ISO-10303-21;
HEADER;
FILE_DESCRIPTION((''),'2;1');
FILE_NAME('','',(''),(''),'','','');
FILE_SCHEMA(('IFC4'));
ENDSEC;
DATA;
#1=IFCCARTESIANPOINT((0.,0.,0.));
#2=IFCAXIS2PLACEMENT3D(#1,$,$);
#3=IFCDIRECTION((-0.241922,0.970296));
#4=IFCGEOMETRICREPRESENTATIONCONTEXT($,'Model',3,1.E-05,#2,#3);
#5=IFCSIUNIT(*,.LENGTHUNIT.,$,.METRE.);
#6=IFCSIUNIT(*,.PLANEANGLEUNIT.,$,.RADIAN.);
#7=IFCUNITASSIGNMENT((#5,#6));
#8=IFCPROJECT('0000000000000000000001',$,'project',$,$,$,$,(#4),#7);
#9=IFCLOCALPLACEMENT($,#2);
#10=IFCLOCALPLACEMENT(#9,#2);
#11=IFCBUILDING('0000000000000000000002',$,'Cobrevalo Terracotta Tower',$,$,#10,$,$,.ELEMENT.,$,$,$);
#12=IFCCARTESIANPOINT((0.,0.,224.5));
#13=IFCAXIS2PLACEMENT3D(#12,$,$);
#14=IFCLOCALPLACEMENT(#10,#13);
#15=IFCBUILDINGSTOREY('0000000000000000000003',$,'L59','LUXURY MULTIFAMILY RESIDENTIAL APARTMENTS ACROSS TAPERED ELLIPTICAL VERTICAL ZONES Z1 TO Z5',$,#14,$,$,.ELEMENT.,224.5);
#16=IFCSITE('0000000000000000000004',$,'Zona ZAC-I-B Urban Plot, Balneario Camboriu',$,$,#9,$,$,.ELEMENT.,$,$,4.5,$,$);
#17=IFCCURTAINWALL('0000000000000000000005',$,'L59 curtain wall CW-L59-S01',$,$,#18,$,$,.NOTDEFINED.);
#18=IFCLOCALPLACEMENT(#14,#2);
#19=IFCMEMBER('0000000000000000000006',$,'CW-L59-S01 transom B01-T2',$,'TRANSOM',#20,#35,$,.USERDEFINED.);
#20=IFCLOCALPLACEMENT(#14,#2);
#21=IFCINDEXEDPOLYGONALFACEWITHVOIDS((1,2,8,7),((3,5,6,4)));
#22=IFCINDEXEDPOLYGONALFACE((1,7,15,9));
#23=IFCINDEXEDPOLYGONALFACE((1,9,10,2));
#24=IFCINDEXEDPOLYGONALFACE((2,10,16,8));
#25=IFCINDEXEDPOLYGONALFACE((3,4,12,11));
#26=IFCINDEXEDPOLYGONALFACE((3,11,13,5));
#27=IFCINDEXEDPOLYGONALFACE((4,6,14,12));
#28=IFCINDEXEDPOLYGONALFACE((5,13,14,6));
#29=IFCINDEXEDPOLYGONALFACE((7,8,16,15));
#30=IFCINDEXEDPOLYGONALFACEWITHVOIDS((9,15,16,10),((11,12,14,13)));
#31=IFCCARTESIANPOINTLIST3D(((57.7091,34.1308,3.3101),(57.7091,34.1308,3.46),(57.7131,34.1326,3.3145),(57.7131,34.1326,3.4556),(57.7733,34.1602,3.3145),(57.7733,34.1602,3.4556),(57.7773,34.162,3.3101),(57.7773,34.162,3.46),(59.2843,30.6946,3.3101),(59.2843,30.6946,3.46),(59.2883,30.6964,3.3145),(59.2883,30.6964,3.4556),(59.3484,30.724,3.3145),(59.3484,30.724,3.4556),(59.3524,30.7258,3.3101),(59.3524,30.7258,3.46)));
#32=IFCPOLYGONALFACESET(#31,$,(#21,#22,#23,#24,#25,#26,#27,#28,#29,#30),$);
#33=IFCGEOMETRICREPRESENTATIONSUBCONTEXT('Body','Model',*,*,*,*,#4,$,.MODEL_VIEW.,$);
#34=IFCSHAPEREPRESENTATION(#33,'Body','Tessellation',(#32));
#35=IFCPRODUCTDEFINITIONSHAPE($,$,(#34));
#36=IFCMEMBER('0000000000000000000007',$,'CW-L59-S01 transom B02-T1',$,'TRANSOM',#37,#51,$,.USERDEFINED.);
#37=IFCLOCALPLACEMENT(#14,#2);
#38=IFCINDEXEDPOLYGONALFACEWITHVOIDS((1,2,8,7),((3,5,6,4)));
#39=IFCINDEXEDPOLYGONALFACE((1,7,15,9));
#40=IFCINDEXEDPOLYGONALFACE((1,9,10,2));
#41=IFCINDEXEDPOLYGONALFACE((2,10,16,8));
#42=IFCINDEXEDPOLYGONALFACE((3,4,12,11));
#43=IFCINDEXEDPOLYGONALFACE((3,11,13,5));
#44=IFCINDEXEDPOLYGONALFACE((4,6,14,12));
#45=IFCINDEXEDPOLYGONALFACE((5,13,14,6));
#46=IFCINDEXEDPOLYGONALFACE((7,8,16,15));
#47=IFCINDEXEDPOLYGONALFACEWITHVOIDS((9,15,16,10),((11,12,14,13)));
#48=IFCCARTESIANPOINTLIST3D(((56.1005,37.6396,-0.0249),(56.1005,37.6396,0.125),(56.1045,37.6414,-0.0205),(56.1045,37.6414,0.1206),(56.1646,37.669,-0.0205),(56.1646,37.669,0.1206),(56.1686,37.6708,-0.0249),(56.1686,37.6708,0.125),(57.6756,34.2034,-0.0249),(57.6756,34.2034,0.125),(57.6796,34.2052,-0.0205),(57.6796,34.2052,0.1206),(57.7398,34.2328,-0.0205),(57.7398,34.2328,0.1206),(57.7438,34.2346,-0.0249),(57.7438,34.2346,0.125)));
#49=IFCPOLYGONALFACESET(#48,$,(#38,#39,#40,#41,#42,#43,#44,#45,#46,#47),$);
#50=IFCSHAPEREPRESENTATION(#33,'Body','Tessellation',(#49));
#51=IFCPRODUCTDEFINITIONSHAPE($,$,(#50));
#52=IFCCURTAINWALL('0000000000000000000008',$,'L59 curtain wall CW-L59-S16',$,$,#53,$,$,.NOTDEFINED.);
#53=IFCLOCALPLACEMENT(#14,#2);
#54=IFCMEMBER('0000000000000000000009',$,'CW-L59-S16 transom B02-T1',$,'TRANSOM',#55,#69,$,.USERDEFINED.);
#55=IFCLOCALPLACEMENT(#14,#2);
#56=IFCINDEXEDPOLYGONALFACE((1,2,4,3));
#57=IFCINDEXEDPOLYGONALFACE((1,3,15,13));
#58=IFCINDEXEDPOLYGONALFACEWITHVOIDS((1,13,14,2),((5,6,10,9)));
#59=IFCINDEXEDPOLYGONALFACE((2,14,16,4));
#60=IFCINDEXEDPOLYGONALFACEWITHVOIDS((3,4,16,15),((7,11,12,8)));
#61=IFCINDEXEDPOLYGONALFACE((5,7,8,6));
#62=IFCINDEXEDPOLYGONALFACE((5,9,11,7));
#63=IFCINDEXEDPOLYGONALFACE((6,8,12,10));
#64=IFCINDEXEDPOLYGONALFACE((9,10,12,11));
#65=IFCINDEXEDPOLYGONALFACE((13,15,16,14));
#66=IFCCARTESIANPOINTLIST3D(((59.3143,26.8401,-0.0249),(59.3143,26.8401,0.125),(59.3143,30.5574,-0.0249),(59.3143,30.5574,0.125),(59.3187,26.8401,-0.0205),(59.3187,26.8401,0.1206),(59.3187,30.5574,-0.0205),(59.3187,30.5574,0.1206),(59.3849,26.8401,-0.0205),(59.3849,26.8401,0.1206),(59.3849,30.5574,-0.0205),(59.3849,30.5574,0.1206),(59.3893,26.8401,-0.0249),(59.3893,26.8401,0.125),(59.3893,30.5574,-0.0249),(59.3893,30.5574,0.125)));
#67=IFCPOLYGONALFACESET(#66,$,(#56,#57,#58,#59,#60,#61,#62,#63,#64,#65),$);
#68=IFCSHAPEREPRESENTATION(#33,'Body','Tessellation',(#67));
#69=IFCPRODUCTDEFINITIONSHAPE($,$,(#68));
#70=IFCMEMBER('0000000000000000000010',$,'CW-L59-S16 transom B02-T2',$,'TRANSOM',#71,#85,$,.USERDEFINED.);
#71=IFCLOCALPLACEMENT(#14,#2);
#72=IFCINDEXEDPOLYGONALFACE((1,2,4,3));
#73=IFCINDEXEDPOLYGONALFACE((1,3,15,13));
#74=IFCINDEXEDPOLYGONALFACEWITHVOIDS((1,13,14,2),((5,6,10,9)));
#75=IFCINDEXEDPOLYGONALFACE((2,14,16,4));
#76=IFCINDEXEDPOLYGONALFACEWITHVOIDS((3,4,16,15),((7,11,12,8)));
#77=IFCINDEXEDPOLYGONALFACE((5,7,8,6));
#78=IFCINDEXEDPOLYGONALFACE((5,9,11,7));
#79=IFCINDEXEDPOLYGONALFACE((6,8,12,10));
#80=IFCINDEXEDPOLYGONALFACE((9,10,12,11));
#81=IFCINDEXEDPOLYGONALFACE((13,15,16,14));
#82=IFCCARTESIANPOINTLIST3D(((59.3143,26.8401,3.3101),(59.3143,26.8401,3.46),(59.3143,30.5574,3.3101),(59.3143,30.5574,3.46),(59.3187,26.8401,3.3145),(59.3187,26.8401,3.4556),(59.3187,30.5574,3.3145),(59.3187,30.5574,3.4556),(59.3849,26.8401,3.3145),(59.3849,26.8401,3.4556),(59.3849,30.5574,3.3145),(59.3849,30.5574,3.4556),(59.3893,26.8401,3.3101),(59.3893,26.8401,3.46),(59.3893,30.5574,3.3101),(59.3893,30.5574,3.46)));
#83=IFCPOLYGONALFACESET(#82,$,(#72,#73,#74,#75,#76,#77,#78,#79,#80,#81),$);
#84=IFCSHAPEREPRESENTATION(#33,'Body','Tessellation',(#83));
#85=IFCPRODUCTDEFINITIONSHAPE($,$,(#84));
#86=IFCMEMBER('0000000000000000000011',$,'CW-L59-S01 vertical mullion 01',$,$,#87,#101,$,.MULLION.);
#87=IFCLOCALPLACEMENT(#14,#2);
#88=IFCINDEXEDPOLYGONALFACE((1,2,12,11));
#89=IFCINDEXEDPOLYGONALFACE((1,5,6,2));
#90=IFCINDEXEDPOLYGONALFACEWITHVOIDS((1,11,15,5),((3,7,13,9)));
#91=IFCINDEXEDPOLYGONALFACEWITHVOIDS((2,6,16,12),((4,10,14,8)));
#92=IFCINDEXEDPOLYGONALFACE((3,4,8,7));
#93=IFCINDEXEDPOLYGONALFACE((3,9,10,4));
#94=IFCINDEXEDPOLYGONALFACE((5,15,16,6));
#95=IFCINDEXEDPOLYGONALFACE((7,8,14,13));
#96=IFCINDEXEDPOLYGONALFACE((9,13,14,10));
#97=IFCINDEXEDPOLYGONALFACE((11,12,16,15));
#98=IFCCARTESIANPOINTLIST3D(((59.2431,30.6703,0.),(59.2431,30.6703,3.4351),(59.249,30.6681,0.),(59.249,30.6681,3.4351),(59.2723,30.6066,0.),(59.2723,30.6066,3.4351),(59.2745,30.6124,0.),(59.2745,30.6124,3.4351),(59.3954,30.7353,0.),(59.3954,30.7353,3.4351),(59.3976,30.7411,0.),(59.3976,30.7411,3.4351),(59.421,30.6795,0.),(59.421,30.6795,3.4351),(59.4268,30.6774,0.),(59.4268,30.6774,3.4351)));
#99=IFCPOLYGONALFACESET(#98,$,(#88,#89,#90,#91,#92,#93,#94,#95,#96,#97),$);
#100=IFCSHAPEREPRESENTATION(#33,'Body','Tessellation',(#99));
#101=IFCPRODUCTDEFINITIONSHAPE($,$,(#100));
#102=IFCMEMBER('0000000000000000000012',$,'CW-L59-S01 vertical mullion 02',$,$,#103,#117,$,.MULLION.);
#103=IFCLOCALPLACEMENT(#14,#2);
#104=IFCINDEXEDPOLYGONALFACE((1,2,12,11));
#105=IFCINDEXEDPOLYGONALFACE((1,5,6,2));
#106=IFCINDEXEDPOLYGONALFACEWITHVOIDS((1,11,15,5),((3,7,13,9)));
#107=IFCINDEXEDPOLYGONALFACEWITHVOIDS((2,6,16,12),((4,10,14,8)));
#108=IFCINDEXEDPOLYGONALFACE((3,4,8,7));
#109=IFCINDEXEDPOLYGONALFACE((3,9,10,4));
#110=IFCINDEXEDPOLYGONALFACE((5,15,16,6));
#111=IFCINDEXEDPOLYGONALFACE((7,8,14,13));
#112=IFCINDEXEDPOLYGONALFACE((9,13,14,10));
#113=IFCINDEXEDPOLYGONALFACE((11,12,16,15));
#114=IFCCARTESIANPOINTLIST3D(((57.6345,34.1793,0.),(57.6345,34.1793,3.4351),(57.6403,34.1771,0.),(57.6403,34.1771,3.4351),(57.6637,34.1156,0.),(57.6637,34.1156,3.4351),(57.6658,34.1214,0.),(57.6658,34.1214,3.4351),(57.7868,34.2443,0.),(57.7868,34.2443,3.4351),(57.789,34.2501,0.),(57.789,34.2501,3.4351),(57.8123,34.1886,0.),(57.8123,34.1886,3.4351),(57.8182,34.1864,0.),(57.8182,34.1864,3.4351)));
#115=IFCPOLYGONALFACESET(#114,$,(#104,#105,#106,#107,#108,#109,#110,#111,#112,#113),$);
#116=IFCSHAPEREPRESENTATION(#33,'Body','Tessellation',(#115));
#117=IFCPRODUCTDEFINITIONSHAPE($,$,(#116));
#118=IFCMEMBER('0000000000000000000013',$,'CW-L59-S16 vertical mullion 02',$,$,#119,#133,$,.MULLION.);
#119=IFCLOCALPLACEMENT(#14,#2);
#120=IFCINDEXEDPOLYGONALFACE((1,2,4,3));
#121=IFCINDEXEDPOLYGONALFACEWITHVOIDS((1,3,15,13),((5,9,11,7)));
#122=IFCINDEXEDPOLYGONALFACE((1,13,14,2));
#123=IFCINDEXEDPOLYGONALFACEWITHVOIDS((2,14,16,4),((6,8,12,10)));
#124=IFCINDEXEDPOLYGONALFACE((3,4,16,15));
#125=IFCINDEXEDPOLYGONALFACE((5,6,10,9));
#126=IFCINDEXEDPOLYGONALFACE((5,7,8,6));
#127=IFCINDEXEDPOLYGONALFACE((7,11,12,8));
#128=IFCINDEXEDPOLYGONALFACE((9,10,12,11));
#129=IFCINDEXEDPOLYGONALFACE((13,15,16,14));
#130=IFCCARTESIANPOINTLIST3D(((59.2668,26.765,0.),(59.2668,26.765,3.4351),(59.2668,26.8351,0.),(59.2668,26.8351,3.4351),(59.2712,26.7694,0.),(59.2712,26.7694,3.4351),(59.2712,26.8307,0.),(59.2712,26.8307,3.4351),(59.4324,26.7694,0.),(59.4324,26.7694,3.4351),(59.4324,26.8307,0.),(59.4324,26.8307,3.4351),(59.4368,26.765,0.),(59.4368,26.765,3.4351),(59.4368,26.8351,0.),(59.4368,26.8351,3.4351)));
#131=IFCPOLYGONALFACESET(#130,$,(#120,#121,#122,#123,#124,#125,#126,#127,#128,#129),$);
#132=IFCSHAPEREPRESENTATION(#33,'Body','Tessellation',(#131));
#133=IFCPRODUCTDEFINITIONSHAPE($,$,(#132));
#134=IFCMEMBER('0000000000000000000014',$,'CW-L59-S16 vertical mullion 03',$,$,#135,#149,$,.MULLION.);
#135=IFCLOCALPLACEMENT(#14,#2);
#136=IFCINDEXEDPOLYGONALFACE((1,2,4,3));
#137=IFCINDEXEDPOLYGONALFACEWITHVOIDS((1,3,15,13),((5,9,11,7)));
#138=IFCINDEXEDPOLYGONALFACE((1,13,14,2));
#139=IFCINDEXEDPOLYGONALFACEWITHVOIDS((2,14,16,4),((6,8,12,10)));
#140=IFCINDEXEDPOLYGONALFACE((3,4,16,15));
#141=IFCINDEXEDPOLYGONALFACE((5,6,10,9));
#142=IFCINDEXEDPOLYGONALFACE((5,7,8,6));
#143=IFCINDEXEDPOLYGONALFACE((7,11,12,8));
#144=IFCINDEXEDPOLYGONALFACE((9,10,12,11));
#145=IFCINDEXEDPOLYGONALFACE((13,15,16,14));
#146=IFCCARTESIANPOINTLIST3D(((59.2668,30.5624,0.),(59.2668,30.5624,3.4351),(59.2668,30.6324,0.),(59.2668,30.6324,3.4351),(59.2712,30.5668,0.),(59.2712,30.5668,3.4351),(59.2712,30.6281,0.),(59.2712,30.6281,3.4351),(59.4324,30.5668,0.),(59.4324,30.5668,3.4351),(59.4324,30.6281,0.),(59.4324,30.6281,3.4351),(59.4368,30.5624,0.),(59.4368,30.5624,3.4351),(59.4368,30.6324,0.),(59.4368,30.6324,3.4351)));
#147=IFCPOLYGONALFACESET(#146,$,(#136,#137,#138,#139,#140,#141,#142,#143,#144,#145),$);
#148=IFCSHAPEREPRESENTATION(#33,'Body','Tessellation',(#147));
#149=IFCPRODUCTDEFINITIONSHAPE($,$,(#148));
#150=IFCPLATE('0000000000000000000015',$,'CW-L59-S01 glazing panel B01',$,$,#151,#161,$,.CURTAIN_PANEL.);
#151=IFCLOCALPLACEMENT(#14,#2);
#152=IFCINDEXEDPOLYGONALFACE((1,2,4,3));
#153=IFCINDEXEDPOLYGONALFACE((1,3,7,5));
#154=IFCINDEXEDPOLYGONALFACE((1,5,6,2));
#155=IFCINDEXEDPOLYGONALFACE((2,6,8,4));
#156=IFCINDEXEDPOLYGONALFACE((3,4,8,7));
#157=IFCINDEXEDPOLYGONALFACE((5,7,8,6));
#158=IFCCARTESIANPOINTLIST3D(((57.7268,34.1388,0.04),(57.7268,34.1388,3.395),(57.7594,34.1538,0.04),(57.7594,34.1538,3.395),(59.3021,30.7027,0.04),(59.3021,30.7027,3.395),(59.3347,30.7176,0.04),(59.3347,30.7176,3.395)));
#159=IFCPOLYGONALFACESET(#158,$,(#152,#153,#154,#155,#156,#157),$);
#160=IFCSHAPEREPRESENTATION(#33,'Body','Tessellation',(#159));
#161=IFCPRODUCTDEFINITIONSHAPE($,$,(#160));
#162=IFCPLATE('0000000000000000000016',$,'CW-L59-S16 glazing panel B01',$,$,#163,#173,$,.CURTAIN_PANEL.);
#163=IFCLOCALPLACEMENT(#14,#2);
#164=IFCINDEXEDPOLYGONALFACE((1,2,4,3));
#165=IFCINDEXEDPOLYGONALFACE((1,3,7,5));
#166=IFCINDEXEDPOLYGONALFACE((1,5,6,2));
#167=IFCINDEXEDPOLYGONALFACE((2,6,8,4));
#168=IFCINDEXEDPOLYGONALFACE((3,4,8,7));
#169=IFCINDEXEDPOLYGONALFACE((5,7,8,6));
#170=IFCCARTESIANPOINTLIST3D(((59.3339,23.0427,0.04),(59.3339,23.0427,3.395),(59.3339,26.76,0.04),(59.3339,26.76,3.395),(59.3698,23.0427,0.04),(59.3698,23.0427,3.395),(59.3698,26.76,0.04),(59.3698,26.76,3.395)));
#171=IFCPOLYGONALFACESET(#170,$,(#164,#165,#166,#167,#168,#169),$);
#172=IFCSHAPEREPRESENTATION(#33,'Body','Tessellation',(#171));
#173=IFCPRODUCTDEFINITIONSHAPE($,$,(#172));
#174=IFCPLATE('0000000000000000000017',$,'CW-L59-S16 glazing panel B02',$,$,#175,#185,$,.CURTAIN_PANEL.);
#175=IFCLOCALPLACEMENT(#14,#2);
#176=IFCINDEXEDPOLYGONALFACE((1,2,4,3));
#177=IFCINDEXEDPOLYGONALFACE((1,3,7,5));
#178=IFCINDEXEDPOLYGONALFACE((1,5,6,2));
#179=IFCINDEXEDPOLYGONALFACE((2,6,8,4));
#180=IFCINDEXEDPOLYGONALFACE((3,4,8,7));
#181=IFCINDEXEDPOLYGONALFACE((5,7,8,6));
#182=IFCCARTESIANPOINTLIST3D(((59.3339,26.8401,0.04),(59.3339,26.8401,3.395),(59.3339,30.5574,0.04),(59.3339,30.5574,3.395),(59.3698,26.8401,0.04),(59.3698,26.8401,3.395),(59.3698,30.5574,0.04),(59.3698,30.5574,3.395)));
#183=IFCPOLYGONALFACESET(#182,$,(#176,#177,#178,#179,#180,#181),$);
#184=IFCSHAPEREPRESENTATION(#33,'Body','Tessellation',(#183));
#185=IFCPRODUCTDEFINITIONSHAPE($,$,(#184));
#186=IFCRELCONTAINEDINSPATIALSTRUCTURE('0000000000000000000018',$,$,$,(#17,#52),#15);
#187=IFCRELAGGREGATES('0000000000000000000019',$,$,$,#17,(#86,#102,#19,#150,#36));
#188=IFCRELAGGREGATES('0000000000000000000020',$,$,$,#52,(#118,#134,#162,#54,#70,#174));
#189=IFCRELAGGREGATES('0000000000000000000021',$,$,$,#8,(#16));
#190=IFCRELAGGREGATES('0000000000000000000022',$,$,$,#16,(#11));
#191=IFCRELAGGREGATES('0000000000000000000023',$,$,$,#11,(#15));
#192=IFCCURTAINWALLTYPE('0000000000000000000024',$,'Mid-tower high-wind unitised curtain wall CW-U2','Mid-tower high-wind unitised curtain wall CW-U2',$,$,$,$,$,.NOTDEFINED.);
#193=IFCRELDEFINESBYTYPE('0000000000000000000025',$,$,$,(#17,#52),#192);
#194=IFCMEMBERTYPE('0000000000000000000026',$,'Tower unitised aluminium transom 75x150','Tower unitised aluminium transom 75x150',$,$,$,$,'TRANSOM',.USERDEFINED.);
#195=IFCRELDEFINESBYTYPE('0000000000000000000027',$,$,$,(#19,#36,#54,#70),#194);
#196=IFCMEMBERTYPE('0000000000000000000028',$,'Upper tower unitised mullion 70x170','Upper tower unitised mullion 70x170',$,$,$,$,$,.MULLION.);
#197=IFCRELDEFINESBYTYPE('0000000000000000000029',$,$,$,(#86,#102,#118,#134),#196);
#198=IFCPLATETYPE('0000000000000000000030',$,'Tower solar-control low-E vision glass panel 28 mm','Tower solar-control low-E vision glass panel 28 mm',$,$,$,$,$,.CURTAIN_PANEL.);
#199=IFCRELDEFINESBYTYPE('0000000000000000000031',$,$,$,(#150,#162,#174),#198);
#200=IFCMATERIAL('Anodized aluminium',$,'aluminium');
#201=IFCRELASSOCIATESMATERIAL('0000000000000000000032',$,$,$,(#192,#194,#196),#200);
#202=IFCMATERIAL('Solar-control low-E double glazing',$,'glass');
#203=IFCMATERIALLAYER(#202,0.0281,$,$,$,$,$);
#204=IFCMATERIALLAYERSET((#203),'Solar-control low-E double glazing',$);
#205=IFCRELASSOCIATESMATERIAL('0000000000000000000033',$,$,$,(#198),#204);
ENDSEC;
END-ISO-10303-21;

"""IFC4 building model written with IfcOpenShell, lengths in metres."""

from ifc_helpers import new_model, si_unit, direction, frame, origin, origin_2d, place, context, subcontext, project, spatial, rectangle, hollow_rectangle, extrude, source, transform, mapped, material, layer, layer_set, material_profile, profile_set, type_object, element, aggregate, save


model = new_model("IFC4")

# Units and contexts
model_context = context("Model", 3, precision=1e-05, world=origin(), true_north=direction((-0.241922, 0.970296)))
body_context = subcontext(model_context, "Body", "Model", "MODEL_VIEW")
ifc_project = project(units=[si_unit("LENGTHUNIT", "METRE"), si_unit("PLANEANGLEUNIT", "RADIAN")], contexts=[model_context])

# Site, building, storey
site_placement = place(None, origin())
site = spatial("IfcSite", under=ifc_project, at=site_placement, Name="Zona ZAC-I-B Urban Plot, Balneario Camboriu", CompositionType="ELEMENT", RefElevation=4.5)
building_placement = place(site_placement, origin())
building = spatial("IfcBuilding", under=site, at=building_placement, Name="Cobrevalo Terracotta Tower", CompositionType="ELEMENT")
storey_placement = place(building_placement, frame((0.0, 0.0, 224.5)))
storey = spatial("IfcBuildingStorey", under=building, at=storey_placement, Name="L59", Description="LUXURY MULTIFAMILY RESIDENTIAL APARTMENTS ACROSS TAPERED ELLIPTICAL VERTICAL ZONES Z1 TO Z5", CompositionType="ELEMENT", Elevation=224.5)

# Curtain walls, members
ifc_material_1 = material(Name="Anodized aluminium", Category="aluminium")
curtain_wall_type = type_object("IfcCurtainWallType", Name="Mid-tower high-wind unitised curtain wall CW-U2", Description="Mid-tower high-wind unitised curtain wall CW-U2", PredefinedType="NOTDEFINED", material=ifc_material_1)
curtain_wall_1_placement = place(storey_placement, origin())
curtain_wall_1 = element("IfcCurtainWall", 1, at=curtain_wall_1_placement, inside=storey, type_object=curtain_wall_type, Name="L59 curtain wall CW-L59-S01", PredefinedType="NOTDEFINED")
ifc_material_profile_1 = material_profile(ifc_material_1, hollow_rectangle(XDim=0.075, YDim=0.1499, WallThickness=0.0044, at=origin_2d()), Name="CWT 75x150")
ifc_profile_set_1 = profile_set([ifc_material_profile_1], Name="Anodized aluminium")
member_type_1 = type_object("IfcMemberType", Name="Tower unitised aluminium transom 75x150", Description="Tower unitised aluminium transom 75x150", ElementType="TRANSOM", PredefinedType="USERDEFINED", material=ifc_profile_set_1)
shared_shape_1 = source(origin(), body_context, "Body", "SweptSolid", [
    extrude(hollow_rectangle(XDim=0.075, YDim=0.1499, WallThickness=0.0044, at=origin_2d()), origin(), (0.0, 0.0, 1.0), 3.78),
])
member_1_placement = place(storey_placement, frame((59.3184, 30.7102, 3.385), z_axis=(-0.416706, 0.909041, 0.0), x_axis=(-0.909041, -0.416706, 0.0)))
member_1 = element("IfcMember", 2, at=member_1_placement, type_object=member_type_1, Name="CW-L59-S01 transom B01-T2", ObjectType="TRANSOM", PredefinedType="USERDEFINED", context=body_context, shape_type="MappedRepresentation", body=[
    mapped(shared_shape_1, transform((0.0, 0.0, 0.0), scale=1.0)),
])
member_2_placement = place(storey_placement, frame((57.7097, 34.219, 0.05), z_axis=(-0.416706, 0.909041, 0.0), x_axis=(-0.909041, -0.416706, 0.0)))
member_2 = element("IfcMember", 3, at=member_2_placement, type_object=member_type_1, Name="CW-L59-S01 transom B02-T1", ObjectType="TRANSOM", PredefinedType="USERDEFINED", context=body_context, shape_type="MappedRepresentation", body=[
    mapped(shared_shape_1, transform((0.0, 0.0, 0.0), scale=1.0)),
])
curtain_wall_2_placement = place(storey_placement, origin())
curtain_wall_2 = element("IfcCurtainWall", 4, at=curtain_wall_2_placement, inside=storey, type_object=curtain_wall_type, Name="L59 curtain wall CW-L59-S16", PredefinedType="NOTDEFINED")
shared_shape_2 = source(origin(), body_context, "Body", "SweptSolid", [
    extrude(hollow_rectangle(XDim=0.075, YDim=0.1499, WallThickness=0.0044, at=origin_2d()), origin(), (0.0, 0.0, 1.0), 3.7173),
])
member_3_placement = place(storey_placement, frame((59.3518, 26.8401, 0.05), z_axis=(0.0, 1.0, 0.0), x_axis=(-1.0, 0.0, 0.0)))
member_3 = element("IfcMember", 5, at=member_3_placement, type_object=member_type_1, Name="CW-L59-S16 transom B02-T1", ObjectType="TRANSOM", PredefinedType="USERDEFINED", context=body_context, shape_type="MappedRepresentation", body=[
    mapped(shared_shape_2, transform((0.0, 0.0, 0.0), scale=1.0)),
])
member_4_placement = place(storey_placement, frame((59.3518, 26.8401, 3.385), z_axis=(0.0, 1.0, 0.0), x_axis=(-1.0, 0.0, 0.0)))
member_4 = element("IfcMember", 6, at=member_4_placement, type_object=member_type_1, Name="CW-L59-S16 transom B02-T2", ObjectType="TRANSOM", PredefinedType="USERDEFINED", context=body_context, shape_type="MappedRepresentation", body=[
    mapped(shared_shape_2, transform((0.0, 0.0, 0.0), scale=1.0)),
])

# Members
ifc_material_profile_2 = material_profile(ifc_material_1, hollow_rectangle(XDim=0.0701, YDim=0.1699, WallThickness=0.0044, at=origin_2d()), Name="CWM 70x170")
ifc_profile_set_2 = profile_set([ifc_material_profile_2], Name="Anodized aluminium")
member_type_2 = type_object("IfcMemberType", Name="Upper tower unitised mullion 70x170", Description="Upper tower unitised mullion 70x170", PredefinedType="MULLION", material=ifc_profile_set_2)
shared_shape_3 = source(origin(), body_context, "Body", "SweptSolid", [
    extrude(hollow_rectangle(XDim=0.0701, YDim=0.1699, WallThickness=0.0044, at=origin_2d()), origin(), (0.0, 0.0, 1.0), 3.4351),
])
member_5_placement = place(storey_placement, frame((59.335, 30.6738, 0.0), z_axis=(0.0, 0.0, 1.0), x_axis=(-0.416725, 0.909033, 0.0)))
member_5 = element("IfcMember", 7, at=member_5_placement, type_object=member_type_2, Name="CW-L59-S01 vertical mullion 01", PredefinedType="MULLION", context=body_context, shape_type="MappedRepresentation", body=[
    mapped(shared_shape_3, transform((0.0, 0.0, 0.0), scale=1.0)),
])
member_6_placement = place(storey_placement, frame((57.7263, 34.1829, 0.0), z_axis=(0.0, 0.0, 1.0), x_axis=(-0.416725, 0.909033, 0.0)))
member_6 = element("IfcMember", 8, at=member_6_placement, type_object=member_type_2, Name="CW-L59-S01 vertical mullion 02", PredefinedType="MULLION", context=body_context, shape_type="MappedRepresentation", body=[
    mapped(shared_shape_3, transform((0.0, 0.0, 0.0), scale=1.0)),
])
member_7_placement = place(storey_placement, frame((59.3518, 26.8, 0.0), z_axis=(0.0, 0.0, 1.0), x_axis=(0.0, 1.0, 0.0)))
member_7 = element("IfcMember", 9, at=member_7_placement, type_object=member_type_2, Name="CW-L59-S16 vertical mullion 02", PredefinedType="MULLION", context=body_context, shape_type="MappedRepresentation", body=[
    mapped(shared_shape_3, transform((0.0, 0.0, 0.0), scale=1.0)),
])
member_8_placement = place(storey_placement, frame((59.3518, 30.5974, 0.0), z_axis=(0.0, 0.0, 1.0), x_axis=(0.0, 1.0, 0.0)))
member_8 = element("IfcMember", 10, at=member_8_placement, type_object=member_type_2, Name="CW-L59-S16 vertical mullion 03", PredefinedType="MULLION", context=body_context, shape_type="MappedRepresentation", body=[
    mapped(shared_shape_3, transform((0.0, 0.0, 0.0), scale=1.0)),
])

# Plates
ifc_material_2 = material(Name="Solar-control low-E double glazing", Category="glass")
ifc_layer_1 = layer(ifc_material_2, 0.0281)
ifc_layer_set_1 = layer_set([ifc_layer_1], Name="Solar-control low-E double glazing")
plate_type = type_object("IfcPlateType", Name="Tower solar-control low-E vision glass panel 28 mm", Description="Tower solar-control low-E vision glass panel 28 mm", PredefinedType="CURTAIN_PANEL", material=ifc_layer_set_1)
shared_shape_4 = source(origin(), body_context, "Body", "SweptSolid", [
    extrude(rectangle(XDim=3.78, YDim=0.0359, at=origin_2d()), origin(), (0.0, 0.0, 1.0), 3.355),
])
plate_1_placement = place(storey_placement, frame((58.5308, 32.4282, 0.04), z_axis=(0.0, 0.0, 1.0), x_axis=(-0.416731, 0.90903, 0.0)))
plate_1 = element("IfcPlate", 11, at=plate_1_placement, type_object=plate_type, Name="CW-L59-S01 glazing panel B01", PredefinedType="CURTAIN_PANEL", context=body_context, shape_type="MappedRepresentation", body=[
    mapped(shared_shape_4, transform((0.0, 0.0, 0.0), scale=1.0)),
])
aggregate(curtain_wall_1, [member_5, member_6, member_1, plate_1, member_2])
shared_shape_5 = source(origin(), body_context, "Body", "SweptSolid", [
    extrude(rectangle(XDim=3.7173, YDim=0.0359, at=origin_2d()), origin(), (0.0, 0.0, 1.0), 3.355),
])
plate_2_placement = place(storey_placement, frame((59.3518, 24.9014, 0.04), z_axis=(0.0, 0.0, 1.0), x_axis=(0.0, 1.0, 0.0)))
plate_2 = element("IfcPlate", 12, at=plate_2_placement, type_object=plate_type, Name="CW-L59-S16 glazing panel B01", PredefinedType="CURTAIN_PANEL", context=body_context, shape_type="MappedRepresentation", body=[
    mapped(shared_shape_5, transform((0.0, 0.0, 0.0), scale=1.0)),
])
plate_3_placement = place(storey_placement, frame((59.3518, 28.6987, 0.04), z_axis=(0.0, 0.0, 1.0), x_axis=(0.0, 1.0, 0.0)))
plate_3 = element("IfcPlate", 13, at=plate_3_placement, type_object=plate_type, Name="CW-L59-S16 glazing panel B02", PredefinedType="CURTAIN_PANEL", context=body_context, shape_type="MappedRepresentation", body=[
    mapped(shared_shape_5, transform((0.0, 0.0, 0.0), scale=1.0)),
])
aggregate(curtain_wall_2, [member_7, member_8, plate_2, member_3, member_4, plate_3])

save(model, "model.ifc")
